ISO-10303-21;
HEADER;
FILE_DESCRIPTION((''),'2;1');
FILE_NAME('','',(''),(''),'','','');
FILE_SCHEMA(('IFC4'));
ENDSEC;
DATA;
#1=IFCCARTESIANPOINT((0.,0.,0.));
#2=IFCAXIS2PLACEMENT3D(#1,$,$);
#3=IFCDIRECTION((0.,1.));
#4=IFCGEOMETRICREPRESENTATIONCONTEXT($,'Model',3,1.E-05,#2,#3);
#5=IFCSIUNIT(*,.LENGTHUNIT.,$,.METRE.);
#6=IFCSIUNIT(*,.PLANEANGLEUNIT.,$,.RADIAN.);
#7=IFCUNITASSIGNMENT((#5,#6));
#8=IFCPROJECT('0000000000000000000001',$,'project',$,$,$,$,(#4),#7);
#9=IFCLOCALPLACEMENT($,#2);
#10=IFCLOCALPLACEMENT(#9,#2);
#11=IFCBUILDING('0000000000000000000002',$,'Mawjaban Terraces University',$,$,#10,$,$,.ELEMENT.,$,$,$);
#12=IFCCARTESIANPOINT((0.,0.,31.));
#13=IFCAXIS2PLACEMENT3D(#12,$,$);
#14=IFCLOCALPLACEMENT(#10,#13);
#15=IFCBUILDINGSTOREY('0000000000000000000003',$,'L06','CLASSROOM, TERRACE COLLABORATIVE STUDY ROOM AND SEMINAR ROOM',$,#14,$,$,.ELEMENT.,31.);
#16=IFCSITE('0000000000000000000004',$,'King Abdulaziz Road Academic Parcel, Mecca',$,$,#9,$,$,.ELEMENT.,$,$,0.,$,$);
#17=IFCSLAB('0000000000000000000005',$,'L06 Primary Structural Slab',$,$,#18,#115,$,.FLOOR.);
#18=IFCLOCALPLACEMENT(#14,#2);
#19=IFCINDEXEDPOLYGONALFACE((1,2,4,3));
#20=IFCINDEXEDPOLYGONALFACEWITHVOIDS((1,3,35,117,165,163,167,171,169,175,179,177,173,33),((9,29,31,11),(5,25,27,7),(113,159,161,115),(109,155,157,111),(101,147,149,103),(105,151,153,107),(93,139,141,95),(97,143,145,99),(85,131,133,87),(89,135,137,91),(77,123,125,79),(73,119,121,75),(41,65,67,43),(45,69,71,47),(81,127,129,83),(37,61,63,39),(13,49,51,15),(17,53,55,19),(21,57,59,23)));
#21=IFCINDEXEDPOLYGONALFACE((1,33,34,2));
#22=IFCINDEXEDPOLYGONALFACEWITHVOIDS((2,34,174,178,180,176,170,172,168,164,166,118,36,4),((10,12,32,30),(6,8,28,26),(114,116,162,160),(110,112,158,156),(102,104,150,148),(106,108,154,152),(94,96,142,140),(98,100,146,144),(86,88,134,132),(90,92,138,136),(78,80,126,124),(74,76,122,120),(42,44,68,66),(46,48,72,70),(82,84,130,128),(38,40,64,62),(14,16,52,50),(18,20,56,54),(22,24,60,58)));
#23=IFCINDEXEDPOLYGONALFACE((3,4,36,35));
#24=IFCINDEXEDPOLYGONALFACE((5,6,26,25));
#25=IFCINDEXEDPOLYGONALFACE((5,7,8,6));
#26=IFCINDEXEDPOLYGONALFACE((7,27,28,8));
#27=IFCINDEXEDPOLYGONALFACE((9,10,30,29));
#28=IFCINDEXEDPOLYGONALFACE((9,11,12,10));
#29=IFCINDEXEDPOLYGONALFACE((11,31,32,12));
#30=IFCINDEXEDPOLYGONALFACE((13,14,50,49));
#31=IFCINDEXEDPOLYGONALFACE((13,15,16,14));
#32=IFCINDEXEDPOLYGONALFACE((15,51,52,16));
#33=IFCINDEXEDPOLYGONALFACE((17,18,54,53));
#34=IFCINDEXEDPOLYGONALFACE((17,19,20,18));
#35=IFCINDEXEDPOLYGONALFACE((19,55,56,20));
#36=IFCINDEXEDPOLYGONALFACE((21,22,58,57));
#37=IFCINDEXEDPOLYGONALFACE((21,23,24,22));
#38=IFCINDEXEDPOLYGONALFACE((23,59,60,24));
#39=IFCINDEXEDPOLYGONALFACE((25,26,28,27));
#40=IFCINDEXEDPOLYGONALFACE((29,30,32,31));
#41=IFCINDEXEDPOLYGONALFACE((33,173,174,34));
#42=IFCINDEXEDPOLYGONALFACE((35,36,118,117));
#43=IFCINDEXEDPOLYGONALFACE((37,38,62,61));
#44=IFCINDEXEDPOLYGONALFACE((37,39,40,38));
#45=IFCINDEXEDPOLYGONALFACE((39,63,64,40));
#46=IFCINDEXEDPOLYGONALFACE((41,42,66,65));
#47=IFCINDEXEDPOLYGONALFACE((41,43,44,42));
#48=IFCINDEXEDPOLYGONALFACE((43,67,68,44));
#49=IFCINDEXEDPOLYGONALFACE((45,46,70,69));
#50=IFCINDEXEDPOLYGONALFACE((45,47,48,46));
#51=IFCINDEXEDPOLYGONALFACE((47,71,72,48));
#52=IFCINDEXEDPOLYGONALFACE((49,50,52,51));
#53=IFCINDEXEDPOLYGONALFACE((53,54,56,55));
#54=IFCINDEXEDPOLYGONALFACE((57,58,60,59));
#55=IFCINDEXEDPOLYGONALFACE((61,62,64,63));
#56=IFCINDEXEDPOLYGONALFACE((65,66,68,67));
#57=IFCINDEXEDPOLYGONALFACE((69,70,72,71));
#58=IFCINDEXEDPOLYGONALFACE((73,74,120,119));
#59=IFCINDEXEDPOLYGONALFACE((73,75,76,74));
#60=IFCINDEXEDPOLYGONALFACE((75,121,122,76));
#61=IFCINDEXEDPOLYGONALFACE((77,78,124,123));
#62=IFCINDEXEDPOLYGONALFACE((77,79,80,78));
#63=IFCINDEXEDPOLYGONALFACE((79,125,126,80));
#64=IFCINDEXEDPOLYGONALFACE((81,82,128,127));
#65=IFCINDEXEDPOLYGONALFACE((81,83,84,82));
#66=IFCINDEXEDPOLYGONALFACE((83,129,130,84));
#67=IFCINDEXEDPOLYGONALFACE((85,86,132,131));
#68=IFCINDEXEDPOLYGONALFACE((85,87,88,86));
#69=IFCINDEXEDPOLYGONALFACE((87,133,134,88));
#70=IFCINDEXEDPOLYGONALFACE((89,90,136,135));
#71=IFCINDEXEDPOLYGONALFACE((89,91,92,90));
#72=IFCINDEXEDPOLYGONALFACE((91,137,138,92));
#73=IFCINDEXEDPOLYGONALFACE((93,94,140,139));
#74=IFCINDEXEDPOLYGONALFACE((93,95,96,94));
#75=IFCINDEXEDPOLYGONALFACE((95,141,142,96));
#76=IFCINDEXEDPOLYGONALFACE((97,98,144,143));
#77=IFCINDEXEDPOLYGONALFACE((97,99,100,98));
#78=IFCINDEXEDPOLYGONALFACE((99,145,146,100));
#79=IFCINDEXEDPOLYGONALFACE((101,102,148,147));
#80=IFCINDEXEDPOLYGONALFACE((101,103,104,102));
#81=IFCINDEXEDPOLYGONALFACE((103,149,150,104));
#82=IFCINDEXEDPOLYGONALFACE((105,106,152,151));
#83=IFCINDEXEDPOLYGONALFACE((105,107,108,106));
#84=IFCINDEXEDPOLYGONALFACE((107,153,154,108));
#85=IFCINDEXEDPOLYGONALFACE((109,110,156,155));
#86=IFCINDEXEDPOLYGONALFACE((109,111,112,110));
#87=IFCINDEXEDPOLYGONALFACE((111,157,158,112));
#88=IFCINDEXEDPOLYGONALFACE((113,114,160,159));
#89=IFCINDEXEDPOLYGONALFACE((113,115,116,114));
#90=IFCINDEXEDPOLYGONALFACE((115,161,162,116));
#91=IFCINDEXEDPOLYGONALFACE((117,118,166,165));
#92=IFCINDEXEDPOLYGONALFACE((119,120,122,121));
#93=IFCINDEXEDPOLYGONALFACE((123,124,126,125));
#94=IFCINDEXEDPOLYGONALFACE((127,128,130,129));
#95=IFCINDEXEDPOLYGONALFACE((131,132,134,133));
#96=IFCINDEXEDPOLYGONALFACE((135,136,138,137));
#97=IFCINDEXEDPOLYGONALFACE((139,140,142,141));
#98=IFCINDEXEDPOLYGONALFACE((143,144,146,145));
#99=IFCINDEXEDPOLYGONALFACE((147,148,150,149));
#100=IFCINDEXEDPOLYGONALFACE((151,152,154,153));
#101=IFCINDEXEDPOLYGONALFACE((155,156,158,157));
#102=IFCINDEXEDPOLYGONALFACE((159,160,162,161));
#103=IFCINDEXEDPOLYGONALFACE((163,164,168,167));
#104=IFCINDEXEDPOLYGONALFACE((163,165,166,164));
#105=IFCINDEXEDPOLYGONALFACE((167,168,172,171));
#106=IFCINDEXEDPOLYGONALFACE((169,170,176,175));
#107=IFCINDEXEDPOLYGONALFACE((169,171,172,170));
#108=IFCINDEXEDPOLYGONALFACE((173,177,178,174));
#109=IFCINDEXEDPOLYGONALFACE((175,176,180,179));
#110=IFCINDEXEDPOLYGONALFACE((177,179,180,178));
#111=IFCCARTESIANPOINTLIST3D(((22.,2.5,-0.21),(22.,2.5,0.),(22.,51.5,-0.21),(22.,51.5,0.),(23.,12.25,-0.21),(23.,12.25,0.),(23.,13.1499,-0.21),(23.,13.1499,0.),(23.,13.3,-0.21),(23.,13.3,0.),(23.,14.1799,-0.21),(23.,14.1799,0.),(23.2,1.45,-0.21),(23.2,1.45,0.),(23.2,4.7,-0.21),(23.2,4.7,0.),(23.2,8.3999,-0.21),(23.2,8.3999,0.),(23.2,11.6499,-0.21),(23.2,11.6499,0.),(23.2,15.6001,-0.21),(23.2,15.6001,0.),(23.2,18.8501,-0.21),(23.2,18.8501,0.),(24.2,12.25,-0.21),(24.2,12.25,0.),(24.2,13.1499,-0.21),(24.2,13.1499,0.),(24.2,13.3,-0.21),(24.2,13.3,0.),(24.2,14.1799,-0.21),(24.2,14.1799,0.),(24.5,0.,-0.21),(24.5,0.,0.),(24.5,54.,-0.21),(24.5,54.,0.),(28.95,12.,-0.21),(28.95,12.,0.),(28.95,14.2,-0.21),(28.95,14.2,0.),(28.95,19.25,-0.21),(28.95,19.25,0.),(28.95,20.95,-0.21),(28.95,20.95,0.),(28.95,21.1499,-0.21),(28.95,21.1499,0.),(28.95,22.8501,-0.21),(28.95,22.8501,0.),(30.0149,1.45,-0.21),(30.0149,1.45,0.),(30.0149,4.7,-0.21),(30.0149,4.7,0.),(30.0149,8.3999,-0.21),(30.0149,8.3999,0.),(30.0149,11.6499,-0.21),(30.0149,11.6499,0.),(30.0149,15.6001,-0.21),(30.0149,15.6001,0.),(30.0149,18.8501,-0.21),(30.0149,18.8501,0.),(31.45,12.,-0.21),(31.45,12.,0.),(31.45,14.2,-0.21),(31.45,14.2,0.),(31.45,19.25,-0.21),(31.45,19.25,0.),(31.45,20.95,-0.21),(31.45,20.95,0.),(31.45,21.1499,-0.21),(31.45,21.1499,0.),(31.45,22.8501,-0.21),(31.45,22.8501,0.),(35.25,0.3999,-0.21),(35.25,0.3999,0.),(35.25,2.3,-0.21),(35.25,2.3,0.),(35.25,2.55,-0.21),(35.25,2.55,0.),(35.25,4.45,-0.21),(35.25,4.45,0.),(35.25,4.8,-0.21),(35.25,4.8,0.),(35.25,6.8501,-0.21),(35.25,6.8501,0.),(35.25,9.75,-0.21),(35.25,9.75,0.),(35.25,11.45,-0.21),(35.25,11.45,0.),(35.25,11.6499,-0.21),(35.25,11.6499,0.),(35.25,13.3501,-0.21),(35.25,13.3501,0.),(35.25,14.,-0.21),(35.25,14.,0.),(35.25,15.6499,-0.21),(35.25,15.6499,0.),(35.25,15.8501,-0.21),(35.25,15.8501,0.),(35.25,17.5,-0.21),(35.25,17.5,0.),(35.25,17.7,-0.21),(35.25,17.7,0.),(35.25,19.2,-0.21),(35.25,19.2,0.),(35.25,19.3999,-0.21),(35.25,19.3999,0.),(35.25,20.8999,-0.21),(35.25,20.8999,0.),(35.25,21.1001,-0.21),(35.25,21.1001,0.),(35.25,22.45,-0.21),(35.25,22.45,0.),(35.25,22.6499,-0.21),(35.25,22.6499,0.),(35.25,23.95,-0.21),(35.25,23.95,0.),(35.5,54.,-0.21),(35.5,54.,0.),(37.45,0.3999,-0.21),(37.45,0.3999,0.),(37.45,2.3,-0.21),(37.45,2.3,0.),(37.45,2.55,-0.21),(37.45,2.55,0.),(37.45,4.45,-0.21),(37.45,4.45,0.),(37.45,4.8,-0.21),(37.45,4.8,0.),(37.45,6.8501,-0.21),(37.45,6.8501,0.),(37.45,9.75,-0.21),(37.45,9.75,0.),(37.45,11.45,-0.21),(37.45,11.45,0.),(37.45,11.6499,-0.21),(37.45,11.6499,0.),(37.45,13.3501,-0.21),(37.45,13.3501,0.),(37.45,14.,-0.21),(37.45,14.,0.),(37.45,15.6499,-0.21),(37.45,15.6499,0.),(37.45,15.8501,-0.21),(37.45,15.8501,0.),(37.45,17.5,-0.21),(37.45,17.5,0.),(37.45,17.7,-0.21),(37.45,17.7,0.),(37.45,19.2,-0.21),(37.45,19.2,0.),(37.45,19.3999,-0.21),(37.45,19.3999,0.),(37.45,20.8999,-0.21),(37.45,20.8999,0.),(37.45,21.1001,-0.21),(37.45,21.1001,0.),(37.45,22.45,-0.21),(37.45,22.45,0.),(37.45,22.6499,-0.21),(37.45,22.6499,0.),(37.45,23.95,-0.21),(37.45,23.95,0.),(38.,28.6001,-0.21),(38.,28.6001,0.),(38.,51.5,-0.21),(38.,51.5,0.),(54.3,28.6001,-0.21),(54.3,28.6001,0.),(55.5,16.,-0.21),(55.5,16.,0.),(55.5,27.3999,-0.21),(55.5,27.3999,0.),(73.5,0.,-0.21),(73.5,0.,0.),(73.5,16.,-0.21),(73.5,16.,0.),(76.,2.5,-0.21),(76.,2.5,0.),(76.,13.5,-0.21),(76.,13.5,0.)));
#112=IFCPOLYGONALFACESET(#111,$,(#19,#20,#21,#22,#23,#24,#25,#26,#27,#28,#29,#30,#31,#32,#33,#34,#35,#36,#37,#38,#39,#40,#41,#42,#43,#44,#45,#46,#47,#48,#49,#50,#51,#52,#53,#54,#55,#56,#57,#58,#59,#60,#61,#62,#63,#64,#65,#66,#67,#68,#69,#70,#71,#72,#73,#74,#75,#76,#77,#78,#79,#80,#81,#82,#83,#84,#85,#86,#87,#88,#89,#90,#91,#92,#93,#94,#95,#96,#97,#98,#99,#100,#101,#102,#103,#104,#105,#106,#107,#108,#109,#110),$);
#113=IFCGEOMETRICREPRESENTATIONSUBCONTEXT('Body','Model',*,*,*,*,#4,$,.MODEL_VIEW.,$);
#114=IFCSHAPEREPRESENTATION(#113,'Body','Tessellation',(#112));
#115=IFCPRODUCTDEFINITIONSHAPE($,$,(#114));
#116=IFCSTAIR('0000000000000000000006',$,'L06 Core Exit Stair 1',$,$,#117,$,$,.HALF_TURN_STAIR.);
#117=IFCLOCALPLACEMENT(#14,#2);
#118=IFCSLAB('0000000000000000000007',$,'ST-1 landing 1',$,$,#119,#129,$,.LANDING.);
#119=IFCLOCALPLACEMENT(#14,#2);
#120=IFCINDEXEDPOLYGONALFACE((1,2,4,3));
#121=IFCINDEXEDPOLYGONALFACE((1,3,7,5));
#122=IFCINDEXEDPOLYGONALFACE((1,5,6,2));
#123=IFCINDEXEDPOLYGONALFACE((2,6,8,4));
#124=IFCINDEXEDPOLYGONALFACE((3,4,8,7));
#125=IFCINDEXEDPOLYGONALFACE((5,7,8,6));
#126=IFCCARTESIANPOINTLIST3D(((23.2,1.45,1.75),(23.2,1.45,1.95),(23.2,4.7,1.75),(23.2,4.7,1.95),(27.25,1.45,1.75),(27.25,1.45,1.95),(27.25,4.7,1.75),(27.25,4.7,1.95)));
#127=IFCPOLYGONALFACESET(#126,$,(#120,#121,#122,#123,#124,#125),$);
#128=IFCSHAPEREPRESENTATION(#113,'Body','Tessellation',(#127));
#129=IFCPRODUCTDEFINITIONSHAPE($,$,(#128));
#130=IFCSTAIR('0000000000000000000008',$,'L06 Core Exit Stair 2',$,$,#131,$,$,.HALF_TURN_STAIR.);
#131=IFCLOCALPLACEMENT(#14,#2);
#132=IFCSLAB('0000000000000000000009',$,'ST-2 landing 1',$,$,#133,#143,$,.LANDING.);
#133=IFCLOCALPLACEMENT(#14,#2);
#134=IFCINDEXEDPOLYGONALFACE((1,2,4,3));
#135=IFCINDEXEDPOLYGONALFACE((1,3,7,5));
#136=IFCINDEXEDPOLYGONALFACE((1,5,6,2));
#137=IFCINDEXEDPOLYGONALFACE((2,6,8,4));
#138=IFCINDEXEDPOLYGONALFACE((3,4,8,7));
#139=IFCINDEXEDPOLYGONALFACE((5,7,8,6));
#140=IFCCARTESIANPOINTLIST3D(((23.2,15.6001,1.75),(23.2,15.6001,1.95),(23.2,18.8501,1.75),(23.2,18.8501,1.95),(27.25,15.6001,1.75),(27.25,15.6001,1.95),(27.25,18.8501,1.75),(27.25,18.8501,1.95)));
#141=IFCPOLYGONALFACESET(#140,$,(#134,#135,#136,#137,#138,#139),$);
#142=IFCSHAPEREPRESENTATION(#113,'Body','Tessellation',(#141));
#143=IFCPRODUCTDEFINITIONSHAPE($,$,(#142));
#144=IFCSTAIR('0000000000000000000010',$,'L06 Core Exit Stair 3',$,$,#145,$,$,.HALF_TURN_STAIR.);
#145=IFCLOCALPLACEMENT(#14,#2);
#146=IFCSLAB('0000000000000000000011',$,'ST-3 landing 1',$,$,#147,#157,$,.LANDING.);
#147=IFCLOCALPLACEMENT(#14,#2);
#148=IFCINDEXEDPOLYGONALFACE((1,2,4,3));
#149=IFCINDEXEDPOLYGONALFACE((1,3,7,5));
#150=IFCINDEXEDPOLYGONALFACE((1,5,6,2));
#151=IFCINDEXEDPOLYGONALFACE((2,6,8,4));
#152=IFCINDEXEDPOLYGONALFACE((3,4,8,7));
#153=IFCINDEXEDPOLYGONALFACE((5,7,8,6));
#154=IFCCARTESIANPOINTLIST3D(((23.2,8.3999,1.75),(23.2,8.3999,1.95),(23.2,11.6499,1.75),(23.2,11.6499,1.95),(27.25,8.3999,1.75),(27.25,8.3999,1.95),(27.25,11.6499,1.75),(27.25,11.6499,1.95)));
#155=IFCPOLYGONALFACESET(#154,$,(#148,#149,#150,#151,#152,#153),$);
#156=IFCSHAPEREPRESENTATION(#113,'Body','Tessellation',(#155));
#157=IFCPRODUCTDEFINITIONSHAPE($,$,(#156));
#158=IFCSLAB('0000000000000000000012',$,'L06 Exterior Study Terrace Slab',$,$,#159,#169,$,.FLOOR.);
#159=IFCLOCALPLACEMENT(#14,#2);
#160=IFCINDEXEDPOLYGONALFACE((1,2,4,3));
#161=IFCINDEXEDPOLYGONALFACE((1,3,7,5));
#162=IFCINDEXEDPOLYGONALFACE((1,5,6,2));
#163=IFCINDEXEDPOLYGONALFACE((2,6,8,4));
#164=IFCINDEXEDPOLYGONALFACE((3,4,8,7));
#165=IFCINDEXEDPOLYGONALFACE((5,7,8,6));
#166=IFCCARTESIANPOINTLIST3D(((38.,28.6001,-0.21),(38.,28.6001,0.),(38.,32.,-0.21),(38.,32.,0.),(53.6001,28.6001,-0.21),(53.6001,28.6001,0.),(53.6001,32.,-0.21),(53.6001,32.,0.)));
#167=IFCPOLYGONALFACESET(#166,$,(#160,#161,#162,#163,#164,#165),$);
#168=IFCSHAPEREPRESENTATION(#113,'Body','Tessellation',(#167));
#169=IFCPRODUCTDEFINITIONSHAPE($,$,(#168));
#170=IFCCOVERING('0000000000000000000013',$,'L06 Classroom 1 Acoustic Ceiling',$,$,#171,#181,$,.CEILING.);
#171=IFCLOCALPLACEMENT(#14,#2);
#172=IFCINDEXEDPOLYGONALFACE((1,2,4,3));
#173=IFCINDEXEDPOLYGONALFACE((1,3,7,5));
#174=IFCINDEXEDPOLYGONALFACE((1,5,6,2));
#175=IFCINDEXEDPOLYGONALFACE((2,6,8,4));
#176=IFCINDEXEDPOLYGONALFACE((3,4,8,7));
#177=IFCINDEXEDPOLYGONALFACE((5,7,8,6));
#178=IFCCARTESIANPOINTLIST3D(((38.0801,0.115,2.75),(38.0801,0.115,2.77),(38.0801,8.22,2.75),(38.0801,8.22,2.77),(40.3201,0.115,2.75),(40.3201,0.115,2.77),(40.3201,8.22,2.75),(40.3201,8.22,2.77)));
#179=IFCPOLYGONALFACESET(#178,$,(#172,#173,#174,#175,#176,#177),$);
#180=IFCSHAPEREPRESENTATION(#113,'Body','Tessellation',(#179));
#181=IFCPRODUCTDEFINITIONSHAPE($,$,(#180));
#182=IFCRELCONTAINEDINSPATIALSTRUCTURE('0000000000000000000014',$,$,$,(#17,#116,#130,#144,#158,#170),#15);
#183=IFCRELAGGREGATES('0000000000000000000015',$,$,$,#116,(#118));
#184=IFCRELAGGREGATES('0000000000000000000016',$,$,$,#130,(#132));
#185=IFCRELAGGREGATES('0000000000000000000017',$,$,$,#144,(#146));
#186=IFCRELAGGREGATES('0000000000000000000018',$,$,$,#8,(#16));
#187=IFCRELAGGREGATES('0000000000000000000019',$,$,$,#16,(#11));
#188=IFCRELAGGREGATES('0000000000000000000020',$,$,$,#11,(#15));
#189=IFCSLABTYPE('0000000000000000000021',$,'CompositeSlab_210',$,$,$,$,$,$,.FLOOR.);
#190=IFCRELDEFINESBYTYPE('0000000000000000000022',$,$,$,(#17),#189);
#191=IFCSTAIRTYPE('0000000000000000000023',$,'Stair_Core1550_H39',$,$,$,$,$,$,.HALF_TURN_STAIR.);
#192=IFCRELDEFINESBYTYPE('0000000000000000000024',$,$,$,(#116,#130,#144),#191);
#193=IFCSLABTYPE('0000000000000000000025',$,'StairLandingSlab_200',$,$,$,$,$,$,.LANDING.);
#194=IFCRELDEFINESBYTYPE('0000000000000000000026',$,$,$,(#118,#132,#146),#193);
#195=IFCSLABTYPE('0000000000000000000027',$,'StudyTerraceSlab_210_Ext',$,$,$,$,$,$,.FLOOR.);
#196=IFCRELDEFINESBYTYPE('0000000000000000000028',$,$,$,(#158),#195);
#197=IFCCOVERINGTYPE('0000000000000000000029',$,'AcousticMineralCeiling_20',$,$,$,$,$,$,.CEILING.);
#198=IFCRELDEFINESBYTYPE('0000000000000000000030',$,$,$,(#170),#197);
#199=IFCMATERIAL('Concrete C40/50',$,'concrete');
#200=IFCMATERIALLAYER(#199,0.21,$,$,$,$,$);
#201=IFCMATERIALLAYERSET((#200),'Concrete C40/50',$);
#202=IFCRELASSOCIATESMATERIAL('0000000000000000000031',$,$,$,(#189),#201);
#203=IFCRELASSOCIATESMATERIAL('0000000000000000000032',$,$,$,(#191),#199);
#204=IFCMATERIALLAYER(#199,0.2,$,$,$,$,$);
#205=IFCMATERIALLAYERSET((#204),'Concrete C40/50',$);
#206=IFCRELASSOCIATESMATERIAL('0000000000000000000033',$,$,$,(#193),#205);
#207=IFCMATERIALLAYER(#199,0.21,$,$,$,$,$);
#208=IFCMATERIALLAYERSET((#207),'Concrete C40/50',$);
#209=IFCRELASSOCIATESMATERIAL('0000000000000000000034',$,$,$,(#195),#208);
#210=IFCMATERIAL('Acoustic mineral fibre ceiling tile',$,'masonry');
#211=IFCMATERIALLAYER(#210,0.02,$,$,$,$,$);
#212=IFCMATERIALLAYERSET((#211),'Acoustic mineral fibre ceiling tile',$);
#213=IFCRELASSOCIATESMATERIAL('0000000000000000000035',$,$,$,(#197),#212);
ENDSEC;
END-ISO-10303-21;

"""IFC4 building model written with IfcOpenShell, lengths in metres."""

from ifc_helpers import new_model, si_unit, direction, frame, origin, place, context, subcontext, project, spatial, polyline, outline, extrude, material, layer, layer_set, type_object, element, aggregate, save


model = new_model("IFC4")

# Units and contexts
model_context = context("Model", 3, precision=1e-05, world=origin(), true_north=direction((0.0, 1.0)))
body_context = subcontext(model_context, "Body", "Model", "MODEL_VIEW")
ifc_project = project(units=[si_unit("LENGTHUNIT", "METRE"), si_unit("PLANEANGLEUNIT", "RADIAN")], contexts=[model_context])

# Site, building, storey
site_placement = place(None, origin())
site = spatial("IfcSite", under=ifc_project, at=site_placement, Name="King Abdulaziz Road Academic Parcel, Mecca", CompositionType="ELEMENT", RefElevation=0.0)
building_placement = place(site_placement, origin())
building = spatial("IfcBuilding", under=site, at=building_placement, Name="Mawjaban Terraces University", CompositionType="ELEMENT")
storey_placement = place(building_placement, frame((0.0, 0.0, 31.0)))
storey = spatial("IfcBuildingStorey", under=building, at=storey_placement, Name="L06", Description="CLASSROOM, TERRACE COLLABORATIVE STUDY ROOM AND SEMINAR ROOM", CompositionType="ELEMENT", Elevation=31.0)

# Slab
ifc_material_1 = material(Name="Concrete C40/50", Category="concrete")
ifc_layer_1 = layer(ifc_material_1, 0.21)
ifc_layer_set_1 = layer_set([ifc_layer_1], Name="Concrete C40/50")
slab_type_1 = type_object("IfcSlabType", Name="CompositeSlab_210", PredefinedType="FLOOR", material=ifc_layer_set_1)
slab_1_placement = place(storey_placement, frame((0.0, 0.0, -0.21)))
element("IfcSlab", 1, at=slab_1_placement, inside=storey, type_object=slab_type_1, Name="L06 Primary Structural Slab", PredefinedType="FLOOR", context=body_context, shape_type="SweptSolid", body=[
    extrude(outline(polyline([(24.5, 0.0), (73.5, 0.0), (76.0, 2.5), (76.0, 13.5), (73.5, 16.0), (55.5, 16.0), (55.5, 27.3999), (54.3, 28.6001), (38.0, 28.6001), (38.0, 51.5), (35.5, 54.0), (24.5, 54.0), (22.0, 51.5), (22.0, 2.5), (24.5, 0.0)]), holes=[polyline([(30.0149, 4.7), (23.2, 4.7), (23.2, 1.45), (30.0149, 1.45), (30.0149, 4.7)]), polyline([(30.0149, 18.8501), (23.2, 18.8501), (23.2, 15.6001), (30.0149, 15.6001), (30.0149, 18.8501)]), polyline([(30.0149, 11.6499), (23.2, 11.6499), (23.2, 8.3999), (30.0149, 8.3999), (30.0149, 11.6499)]), polyline([(35.25, 0.3999), (37.45, 0.3999), (37.45, 2.3), (35.25, 2.3), (35.25, 0.3999)]), polyline([(35.25, 2.55), (37.45, 2.55), (37.45, 4.45), (35.25, 4.45), (35.25, 2.55)]), polyline([(35.25, 4.8), (37.45, 4.8), (37.45, 6.8501), (35.25, 6.8501), (35.25, 4.8)]), polyline([(35.25, 9.75), (37.45, 9.75), (37.45, 11.45), (35.25, 11.45), (35.25, 9.75)]), polyline([(35.25, 11.6499), (37.45, 11.6499), (37.45, 13.3501), (35.25, 13.3501), (35.25, 11.6499)]), polyline([(28.95, 12.0), (31.45, 12.0), (31.45, 14.2), (28.95, 14.2), (28.95, 12.0)]), polyline([(35.25, 14.0), (37.45, 14.0), (37.45, 15.6499), (35.25, 15.6499), (35.25, 14.0)]), polyline([(35.25, 15.8501), (37.45, 15.8501), (37.45, 17.5), (35.25, 17.5), (35.25, 15.8501)]), polyline([(35.25, 17.7), (37.45, 17.7), (37.45, 19.2), (35.25, 19.2), (35.25, 17.7)]), polyline([(35.25, 19.3999), (37.45, 19.3999), (37.45, 20.8999), (35.25, 20.8999), (35.25, 19.3999)]), polyline([(28.95, 19.25), (31.45, 19.25), (31.45, 20.95), (28.95, 20.95), (28.95, 19.25)]), polyline([(35.25, 21.1001), (37.45, 21.1001), (37.45, 22.45), (35.25, 22.45), (35.25, 21.1001)]), polyline([(35.25, 22.6499), (37.45, 22.6499), (37.45, 23.95), (35.25, 23.95), (35.25, 22.6499)]), polyline([(28.95, 21.1499), (31.45, 21.1499), (31.45, 22.8501), (28.95, 22.8501), (28.95, 21.1499)]), polyline([(23.0, 12.25), (24.2, 12.25), (24.2, 13.1499), (23.0, 13.1499), (23.0, 12.25)]), polyline([(23.0, 13.3), (24.2, 13.3), (24.2, 14.1799), (23.0, 14.1799), (23.0, 13.3)])]), origin(), (0.0, 0.0, 1.0), 0.21),
])

# Stairs, slabs
stair_type = type_object("IfcStairType", Name="Stair_Core1550_H39", PredefinedType="HALF_TURN_STAIR", material=ifc_material_1)
stair_1_placement = place(storey_placement, origin())
stair_1 = element("IfcStair", 2, at=stair_1_placement, inside=storey, type_object=stair_type, Name="L06 Core Exit Stair 1", PredefinedType="HALF_TURN_STAIR")
ifc_layer_2 = layer(ifc_material_1, 0.2)
ifc_layer_set_2 = layer_set([ifc_layer_2], Name="Concrete C40/50")
slab_type_2 = type_object("IfcSlabType", Name="StairLandingSlab_200", PredefinedType="LANDING", material=ifc_layer_set_2)
slab_2_placement = place(storey_placement, frame((0.0, 0.0, 1.75)))
slab_2 = element("IfcSlab", 3, at=slab_2_placement, type_object=slab_type_2, Name="ST-1 landing 1", PredefinedType="LANDING", context=body_context, shape_type="SweptSolid", body=[
    extrude(outline(polyline([(27.25, 4.7), (23.2, 4.7), (23.2, 1.45), (27.25, 1.45), (27.25, 4.7)])), origin(), (0.0, 0.0, 1.0), 0.2),
])
aggregate(stair_1, [slab_2])
stair_2_placement = place(storey_placement, origin())
stair_2 = element("IfcStair", 4, at=stair_2_placement, inside=storey, type_object=stair_type, Name="L06 Core Exit Stair 2", PredefinedType="HALF_TURN_STAIR")
slab_3_placement = place(storey_placement, frame((0.0, 0.0, 1.75)))
slab_3 = element("IfcSlab", 5, at=slab_3_placement, type_object=slab_type_2, Name="ST-2 landing 1", PredefinedType="LANDING", context=body_context, shape_type="SweptSolid", body=[
    extrude(outline(polyline([(27.25, 18.8501), (23.2, 18.8501), (23.2, 15.6001), (27.25, 15.6001), (27.25, 18.8501)])), origin(), (0.0, 0.0, 1.0), 0.2),
])
aggregate(stair_2, [slab_3])
stair_3_placement = place(storey_placement, origin())
stair_3 = element("IfcStair", 6, at=stair_3_placement, inside=storey, type_object=stair_type, Name="L06 Core Exit Stair 3", PredefinedType="HALF_TURN_STAIR")
slab_4_placement = place(storey_placement, frame((0.0, 0.0, 1.75)))
slab_4 = element("IfcSlab", 7, at=slab_4_placement, type_object=slab_type_2, Name="ST-3 landing 1", PredefinedType="LANDING", context=body_context, shape_type="SweptSolid", body=[
    extrude(outline(polyline([(27.25, 11.6499), (23.2, 11.6499), (23.2, 8.3999), (27.25, 8.3999), (27.25, 11.6499)])), origin(), (0.0, 0.0, 1.0), 0.2),
])
aggregate(stair_3, [slab_4])

# Slab
ifc_layer_3 = layer(ifc_material_1, 0.21)
ifc_layer_set_3 = layer_set([ifc_layer_3], Name="Concrete C40/50")
slab_type_3 = type_object("IfcSlabType", Name="StudyTerraceSlab_210_Ext", PredefinedType="FLOOR", material=ifc_layer_set_3)
slab_5_placement = place(storey_placement, frame((0.0, 0.0, -0.21)))
element("IfcSlab", 8, at=slab_5_placement, inside=storey, type_object=slab_type_3, Name="L06 Exterior Study Terrace Slab", PredefinedType="FLOOR", context=body_context, shape_type="SweptSolid", body=[
    extrude(outline(polyline([(38.0, 28.6001), (53.6001, 28.6001), (53.6001, 32.0), (38.0, 32.0), (38.0, 28.6001)])), origin(), (0.0, 0.0, 1.0), 0.21),
])

# Covering
ifc_material_2 = material(Name="Acoustic mineral fibre ceiling tile", Category="masonry")
ifc_layer_4 = layer(ifc_material_2, 0.02)
ifc_layer_set_4 = layer_set([ifc_layer_4], Name="Acoustic mineral fibre ceiling tile")
covering_type_1 = type_object("IfcCoveringType", Name="AcousticMineralCeiling_20", PredefinedType="CEILING", material=ifc_layer_set_4)
covering_1_placement = place(storey_placement, frame((0.0, 0.0, 2.75)))
element("IfcCovering", 9, at=covering_1_placement, inside=storey, type_object=covering_type_1, Name="L06 Classroom 1 Acoustic Ceiling", PredefinedType="CEILING", context=body_context, shape_type="SweptSolid", body=[
    extrude(outline(polyline([(38.0801, 0.115), (40.3201, 0.115), (40.3201, 8.22), (38.0801, 8.22), (38.0801, 0.115)])), origin(), (0.0, 0.0, 1.0), 0.02),
])

save(model, "model.ifc")
